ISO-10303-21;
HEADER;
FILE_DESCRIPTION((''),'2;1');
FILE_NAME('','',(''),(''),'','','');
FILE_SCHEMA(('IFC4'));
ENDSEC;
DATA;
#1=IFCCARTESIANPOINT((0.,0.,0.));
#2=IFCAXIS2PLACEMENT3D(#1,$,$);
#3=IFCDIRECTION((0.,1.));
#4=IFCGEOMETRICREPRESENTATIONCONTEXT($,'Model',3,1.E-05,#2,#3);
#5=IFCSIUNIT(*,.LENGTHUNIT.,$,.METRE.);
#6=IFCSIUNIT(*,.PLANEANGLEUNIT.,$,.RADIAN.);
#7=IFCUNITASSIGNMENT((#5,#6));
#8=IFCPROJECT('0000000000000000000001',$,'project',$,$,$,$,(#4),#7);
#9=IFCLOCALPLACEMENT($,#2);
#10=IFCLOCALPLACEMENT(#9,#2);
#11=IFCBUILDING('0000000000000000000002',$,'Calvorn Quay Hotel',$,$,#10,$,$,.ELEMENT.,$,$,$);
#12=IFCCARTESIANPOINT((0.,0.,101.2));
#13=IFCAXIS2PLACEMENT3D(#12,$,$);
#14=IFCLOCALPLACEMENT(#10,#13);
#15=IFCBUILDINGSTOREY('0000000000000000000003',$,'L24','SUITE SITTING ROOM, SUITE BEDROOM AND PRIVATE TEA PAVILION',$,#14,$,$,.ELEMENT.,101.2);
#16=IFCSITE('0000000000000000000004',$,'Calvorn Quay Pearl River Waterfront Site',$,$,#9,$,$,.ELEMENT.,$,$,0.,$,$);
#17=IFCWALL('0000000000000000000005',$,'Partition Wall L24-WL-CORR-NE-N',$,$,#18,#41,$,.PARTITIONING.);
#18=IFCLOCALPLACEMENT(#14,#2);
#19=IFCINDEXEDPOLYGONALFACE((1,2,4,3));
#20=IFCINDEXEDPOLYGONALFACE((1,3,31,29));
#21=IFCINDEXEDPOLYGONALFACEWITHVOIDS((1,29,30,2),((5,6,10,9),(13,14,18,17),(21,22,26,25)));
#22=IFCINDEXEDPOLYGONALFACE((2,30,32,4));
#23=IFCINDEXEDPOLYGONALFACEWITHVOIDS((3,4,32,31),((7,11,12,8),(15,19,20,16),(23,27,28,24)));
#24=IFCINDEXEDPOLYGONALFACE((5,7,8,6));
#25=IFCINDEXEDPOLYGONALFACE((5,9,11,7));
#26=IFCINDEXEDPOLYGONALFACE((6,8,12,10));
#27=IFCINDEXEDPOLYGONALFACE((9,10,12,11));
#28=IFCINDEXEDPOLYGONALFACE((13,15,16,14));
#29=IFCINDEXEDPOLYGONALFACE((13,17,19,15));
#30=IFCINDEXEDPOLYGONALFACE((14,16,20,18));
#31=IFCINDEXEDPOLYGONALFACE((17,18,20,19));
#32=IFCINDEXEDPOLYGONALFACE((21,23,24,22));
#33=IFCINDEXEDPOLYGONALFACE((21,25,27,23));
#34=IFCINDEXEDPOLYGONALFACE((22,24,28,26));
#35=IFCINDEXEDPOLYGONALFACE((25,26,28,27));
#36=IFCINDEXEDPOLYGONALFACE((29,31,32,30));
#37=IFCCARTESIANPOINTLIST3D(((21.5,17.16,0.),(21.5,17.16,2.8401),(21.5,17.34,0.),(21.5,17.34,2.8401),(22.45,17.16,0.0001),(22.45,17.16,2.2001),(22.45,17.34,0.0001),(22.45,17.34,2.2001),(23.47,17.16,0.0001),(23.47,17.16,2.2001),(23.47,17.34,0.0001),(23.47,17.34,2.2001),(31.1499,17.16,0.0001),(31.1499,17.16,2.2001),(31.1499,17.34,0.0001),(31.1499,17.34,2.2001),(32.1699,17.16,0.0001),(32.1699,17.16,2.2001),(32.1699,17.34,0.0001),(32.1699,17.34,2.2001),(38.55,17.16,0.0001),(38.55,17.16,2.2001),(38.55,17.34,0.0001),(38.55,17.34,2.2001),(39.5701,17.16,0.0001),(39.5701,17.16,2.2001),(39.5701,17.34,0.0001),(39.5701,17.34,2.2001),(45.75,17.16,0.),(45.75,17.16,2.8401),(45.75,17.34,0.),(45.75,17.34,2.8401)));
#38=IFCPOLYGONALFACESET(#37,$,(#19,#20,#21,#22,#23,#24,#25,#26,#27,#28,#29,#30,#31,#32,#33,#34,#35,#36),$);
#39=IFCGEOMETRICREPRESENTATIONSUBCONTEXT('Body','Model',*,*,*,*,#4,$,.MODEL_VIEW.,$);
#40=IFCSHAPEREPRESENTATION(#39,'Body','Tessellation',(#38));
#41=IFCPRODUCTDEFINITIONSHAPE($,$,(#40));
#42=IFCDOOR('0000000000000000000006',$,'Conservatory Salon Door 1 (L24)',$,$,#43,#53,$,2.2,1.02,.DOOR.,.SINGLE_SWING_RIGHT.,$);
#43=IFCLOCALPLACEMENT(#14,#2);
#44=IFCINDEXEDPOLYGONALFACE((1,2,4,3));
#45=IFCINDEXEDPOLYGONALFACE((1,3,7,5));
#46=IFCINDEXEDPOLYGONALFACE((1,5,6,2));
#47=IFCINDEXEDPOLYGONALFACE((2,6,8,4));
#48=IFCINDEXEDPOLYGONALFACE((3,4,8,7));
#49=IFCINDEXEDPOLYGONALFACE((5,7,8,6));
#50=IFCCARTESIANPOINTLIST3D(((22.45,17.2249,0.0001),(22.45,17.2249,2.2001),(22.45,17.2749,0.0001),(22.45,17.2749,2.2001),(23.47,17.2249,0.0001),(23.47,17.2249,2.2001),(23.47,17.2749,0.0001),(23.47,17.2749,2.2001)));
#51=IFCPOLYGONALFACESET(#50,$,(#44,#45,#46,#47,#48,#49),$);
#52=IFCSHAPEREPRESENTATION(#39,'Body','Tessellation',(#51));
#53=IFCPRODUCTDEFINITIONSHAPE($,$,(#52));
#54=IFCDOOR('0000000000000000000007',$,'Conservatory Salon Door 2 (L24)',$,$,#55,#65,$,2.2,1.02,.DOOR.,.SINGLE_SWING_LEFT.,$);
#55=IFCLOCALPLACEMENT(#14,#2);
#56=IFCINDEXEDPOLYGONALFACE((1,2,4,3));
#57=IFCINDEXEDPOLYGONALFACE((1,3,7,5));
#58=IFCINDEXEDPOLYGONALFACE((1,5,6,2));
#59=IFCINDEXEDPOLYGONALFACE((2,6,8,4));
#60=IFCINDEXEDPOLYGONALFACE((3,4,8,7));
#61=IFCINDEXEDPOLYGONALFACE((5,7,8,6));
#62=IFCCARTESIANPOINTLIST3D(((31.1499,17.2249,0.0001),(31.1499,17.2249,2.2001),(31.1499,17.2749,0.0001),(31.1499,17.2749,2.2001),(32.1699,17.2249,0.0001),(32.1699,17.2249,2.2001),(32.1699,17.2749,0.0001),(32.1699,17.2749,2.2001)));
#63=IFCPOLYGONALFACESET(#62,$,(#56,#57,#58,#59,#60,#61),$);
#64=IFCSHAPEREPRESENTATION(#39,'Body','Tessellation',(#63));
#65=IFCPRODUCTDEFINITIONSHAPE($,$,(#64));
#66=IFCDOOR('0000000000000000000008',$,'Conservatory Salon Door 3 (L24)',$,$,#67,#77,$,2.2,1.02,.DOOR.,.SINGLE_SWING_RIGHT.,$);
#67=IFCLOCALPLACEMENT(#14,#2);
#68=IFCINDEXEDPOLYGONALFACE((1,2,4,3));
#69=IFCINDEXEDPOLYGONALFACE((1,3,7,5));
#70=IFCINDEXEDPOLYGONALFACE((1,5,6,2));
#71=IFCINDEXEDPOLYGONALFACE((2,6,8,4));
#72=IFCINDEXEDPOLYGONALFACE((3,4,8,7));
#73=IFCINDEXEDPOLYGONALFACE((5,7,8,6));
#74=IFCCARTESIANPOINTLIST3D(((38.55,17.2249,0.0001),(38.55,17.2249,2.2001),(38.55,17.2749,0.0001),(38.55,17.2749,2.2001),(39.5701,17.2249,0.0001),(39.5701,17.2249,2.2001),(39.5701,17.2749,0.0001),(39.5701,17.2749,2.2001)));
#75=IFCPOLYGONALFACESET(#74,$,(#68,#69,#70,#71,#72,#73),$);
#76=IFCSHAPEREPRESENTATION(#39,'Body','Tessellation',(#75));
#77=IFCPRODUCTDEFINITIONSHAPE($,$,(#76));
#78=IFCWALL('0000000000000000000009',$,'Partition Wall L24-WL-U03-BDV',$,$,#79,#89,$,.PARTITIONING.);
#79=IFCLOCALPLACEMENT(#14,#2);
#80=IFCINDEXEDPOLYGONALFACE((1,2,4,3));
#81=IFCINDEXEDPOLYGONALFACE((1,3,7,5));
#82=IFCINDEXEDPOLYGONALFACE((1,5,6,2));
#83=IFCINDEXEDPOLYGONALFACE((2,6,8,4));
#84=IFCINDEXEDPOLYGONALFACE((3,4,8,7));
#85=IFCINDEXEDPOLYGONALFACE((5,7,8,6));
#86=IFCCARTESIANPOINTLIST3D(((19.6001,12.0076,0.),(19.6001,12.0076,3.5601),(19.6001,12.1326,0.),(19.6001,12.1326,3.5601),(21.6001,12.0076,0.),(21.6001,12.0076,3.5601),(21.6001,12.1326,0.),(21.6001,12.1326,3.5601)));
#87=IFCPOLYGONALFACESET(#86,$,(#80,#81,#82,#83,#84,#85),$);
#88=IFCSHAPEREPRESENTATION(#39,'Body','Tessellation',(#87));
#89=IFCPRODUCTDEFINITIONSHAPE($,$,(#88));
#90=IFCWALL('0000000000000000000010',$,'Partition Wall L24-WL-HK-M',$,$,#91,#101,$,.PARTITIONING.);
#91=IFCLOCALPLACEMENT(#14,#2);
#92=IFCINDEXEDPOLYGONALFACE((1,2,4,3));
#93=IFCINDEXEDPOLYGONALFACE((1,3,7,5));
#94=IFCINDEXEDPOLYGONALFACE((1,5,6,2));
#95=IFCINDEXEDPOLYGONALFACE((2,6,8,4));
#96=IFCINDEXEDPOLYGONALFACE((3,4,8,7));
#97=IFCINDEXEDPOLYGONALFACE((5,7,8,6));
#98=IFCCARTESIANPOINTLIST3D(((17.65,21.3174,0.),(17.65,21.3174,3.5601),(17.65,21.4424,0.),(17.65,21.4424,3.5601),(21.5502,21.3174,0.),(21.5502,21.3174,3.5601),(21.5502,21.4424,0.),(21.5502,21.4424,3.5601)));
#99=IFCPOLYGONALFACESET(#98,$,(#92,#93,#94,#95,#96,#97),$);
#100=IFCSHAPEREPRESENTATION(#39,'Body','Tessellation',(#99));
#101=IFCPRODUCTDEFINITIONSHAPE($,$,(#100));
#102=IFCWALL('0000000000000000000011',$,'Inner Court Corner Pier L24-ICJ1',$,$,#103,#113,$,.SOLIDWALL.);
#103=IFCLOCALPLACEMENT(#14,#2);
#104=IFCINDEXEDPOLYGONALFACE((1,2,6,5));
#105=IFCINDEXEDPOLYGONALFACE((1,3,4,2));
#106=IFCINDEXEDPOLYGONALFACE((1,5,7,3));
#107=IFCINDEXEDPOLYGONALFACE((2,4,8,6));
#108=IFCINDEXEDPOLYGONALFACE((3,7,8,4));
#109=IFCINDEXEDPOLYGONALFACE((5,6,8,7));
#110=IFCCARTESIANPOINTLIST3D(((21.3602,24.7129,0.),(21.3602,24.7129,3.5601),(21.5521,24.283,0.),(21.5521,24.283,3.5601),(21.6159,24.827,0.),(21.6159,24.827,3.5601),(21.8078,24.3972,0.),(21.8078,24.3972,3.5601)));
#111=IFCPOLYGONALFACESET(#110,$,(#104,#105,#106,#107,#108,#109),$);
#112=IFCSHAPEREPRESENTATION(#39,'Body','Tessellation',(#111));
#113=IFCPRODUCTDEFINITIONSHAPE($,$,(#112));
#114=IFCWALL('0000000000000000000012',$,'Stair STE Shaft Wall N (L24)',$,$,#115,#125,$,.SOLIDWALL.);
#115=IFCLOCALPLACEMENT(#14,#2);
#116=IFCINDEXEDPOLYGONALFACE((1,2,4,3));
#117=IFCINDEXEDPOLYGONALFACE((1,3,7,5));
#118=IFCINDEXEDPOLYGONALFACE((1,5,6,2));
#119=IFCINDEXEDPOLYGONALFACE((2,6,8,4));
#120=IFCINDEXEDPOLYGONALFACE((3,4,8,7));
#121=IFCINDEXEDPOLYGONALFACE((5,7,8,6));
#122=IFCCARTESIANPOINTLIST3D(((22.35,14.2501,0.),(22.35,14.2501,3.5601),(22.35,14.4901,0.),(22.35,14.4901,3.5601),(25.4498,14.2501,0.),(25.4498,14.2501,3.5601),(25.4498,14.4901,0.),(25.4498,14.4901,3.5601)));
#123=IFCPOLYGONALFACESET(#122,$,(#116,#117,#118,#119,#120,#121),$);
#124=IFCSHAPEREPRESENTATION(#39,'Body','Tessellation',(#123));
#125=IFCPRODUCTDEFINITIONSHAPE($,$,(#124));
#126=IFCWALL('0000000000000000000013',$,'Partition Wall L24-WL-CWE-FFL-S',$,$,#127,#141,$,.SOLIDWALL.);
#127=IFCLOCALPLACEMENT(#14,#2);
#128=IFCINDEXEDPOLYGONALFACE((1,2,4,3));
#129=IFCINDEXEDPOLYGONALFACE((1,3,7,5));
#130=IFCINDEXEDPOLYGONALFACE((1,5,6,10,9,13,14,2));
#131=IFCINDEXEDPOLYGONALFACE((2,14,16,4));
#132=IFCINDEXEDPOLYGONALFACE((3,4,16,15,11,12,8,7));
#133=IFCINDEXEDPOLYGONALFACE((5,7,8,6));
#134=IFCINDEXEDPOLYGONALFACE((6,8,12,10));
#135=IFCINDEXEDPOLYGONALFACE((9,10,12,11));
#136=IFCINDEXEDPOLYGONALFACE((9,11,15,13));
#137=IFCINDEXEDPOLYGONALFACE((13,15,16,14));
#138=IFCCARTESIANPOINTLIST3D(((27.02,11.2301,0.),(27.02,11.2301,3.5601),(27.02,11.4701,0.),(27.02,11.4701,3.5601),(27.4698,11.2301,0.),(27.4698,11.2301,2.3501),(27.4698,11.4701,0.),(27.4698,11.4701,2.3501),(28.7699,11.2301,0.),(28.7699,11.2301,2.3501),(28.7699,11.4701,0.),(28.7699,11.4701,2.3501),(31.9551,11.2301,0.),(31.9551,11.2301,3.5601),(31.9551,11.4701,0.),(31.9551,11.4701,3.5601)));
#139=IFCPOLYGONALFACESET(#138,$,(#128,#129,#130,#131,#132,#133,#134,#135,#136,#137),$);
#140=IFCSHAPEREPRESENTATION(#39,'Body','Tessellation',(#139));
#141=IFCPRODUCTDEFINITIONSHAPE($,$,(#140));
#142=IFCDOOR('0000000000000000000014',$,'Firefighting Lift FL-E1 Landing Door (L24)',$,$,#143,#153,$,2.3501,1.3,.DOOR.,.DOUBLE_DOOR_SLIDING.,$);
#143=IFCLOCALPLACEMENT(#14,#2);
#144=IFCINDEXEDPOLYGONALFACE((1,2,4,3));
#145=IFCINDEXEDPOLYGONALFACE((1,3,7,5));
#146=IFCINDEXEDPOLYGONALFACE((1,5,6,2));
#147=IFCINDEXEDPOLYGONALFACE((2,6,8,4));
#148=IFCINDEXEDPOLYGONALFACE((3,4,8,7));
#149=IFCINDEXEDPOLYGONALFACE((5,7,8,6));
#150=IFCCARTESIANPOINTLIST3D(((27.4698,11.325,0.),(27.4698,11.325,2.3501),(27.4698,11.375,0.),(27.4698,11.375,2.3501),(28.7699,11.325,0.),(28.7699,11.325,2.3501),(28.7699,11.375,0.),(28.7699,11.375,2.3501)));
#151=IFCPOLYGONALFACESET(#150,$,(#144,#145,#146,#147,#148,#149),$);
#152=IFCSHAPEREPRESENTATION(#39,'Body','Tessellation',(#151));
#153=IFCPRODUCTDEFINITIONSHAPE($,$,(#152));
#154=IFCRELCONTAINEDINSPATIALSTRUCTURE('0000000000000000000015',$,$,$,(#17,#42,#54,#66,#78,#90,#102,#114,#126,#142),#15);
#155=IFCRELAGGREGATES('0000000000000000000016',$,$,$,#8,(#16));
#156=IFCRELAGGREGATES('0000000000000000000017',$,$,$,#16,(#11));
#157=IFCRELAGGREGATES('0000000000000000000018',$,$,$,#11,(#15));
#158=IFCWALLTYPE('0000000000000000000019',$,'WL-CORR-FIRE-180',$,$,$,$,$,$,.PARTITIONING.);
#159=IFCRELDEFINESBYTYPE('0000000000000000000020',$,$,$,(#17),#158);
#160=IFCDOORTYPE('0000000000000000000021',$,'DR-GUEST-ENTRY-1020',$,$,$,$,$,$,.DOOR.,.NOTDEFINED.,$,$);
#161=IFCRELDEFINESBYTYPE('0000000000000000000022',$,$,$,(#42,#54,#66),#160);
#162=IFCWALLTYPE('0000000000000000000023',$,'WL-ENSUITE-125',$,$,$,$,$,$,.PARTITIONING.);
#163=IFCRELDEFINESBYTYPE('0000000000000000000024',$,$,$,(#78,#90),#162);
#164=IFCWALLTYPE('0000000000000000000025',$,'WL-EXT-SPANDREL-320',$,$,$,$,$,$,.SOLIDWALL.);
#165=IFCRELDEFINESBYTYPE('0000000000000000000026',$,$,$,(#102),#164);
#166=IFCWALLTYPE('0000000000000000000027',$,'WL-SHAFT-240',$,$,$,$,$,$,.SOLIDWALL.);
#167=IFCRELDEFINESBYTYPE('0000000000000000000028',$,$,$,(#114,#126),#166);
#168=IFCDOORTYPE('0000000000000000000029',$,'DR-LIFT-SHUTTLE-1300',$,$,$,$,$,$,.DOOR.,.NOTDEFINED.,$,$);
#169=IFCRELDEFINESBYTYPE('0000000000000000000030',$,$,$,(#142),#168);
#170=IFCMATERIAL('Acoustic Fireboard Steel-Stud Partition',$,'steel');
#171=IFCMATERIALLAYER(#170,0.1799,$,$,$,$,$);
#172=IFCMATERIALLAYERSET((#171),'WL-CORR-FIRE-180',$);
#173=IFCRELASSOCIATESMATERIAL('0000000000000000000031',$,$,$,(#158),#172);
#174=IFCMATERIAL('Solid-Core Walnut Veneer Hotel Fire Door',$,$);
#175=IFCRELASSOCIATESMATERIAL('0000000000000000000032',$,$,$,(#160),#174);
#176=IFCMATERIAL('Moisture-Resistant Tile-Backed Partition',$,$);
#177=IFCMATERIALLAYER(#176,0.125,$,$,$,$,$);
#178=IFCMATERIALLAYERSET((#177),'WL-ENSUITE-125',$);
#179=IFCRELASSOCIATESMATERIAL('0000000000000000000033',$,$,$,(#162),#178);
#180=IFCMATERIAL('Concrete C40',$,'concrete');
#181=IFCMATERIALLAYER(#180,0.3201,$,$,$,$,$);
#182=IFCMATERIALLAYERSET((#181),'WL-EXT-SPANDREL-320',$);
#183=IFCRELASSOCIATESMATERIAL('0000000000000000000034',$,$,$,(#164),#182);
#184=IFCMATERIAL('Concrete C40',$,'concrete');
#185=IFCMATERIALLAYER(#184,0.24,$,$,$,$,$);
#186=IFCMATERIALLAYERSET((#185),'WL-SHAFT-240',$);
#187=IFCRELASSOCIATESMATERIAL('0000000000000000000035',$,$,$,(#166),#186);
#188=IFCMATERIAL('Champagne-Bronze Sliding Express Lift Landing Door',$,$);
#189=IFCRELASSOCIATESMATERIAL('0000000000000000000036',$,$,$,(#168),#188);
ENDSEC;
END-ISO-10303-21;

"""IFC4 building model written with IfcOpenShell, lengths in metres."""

from ifc_helpers import new_model, si_unit, direction, frame, frame_2d, origin, place, context, subcontext, project, spatial, rectangle, extrude, material, layer, layer_set, type_object, element, fill, save


model = new_model("IFC4")

# Units and contexts
model_context = context("Model", 3, precision=1e-05, world=origin(), true_north=direction((0.0, 1.0)))
body_context = subcontext(model_context, "Body", "Model", "MODEL_VIEW")
ifc_project = project(units=[si_unit("LENGTHUNIT", "METRE"), si_unit("PLANEANGLEUNIT", "RADIAN")], contexts=[model_context])

# Site, building, storey
site_placement = place(None, origin())
site = spatial("IfcSite", under=ifc_project, at=site_placement, Name="Calvorn Quay Pearl River Waterfront Site", CompositionType="ELEMENT", RefElevation=0.0)
building_placement = place(site_placement, origin())
building = spatial("IfcBuilding", under=site, at=building_placement, Name="Calvorn Quay Hotel", CompositionType="ELEMENT")
storey_placement = place(building_placement, frame((0.0, 0.0, 101.2)))
storey = spatial("IfcBuildingStorey", under=building, at=storey_placement, Name="L24", Description="SUITE SITTING ROOM, SUITE BEDROOM AND PRIVATE TEA PAVILION", CompositionType="ELEMENT", Elevation=101.2)

# Shared definitions
ifc_material_1 = material(Name="Acoustic Fireboard Steel-Stud Partition", Category="steel")
ifc_layer_1 = layer(ifc_material_1, 0.1799)
ifc_layer_set_1 = layer_set([ifc_layer_1], Name="WL-CORR-FIRE-180")
wall_type_1 = type_object("IfcWallType", Name="WL-CORR-FIRE-180", PredefinedType="PARTITIONING", material=ifc_layer_set_1)
ifc_material_2 = material(Name="Solid-Core Walnut Veneer Hotel Fire Door")
door_type_1 = type_object("IfcDoorType", Name="DR-GUEST-ENTRY-1020", OperationType="NOTDEFINED", PredefinedType="DOOR", material=ifc_material_2)

# Wall, openings, doors
wall_1_placement = place(storey_placement, frame((21.5, 17.25, 0.0), z_axis=(0.0, 0.0, 1.0), x_axis=(1.0, 0.0, 0.0)))
wall_1 = element("IfcWall", 1, at=wall_1_placement, inside=storey, type_object=wall_type_1, Name="Partition Wall L24-WL-CORR-NE-N", PredefinedType="PARTITIONING", context=body_context, shape_type="SweptSolid", body=[
    extrude(rectangle(XDim=24.25, YDim=0.1799, at=frame_2d((12.125, 0.0))), origin(), (0.0, 0.0, 1.0), 2.8401),
])
opening_1_placement = place(wall_1_placement, frame((0.95, 0.0, 0.0)))
opening_1 = element("IfcOpeningElement", 2, at=opening_1_placement, cuts=wall_1, PredefinedType="OPENING", context=body_context, shape_type="SweptSolid", body=[
    extrude(rectangle(XDim=1.02, YDim=2.2, at=frame_2d((0.51, 1.1001))), frame((0.0, 0.0999, 0.0), z_axis=(0.0, -1.0, 0.0), x_axis=(1.0, 0.0, 0.0)), (0.0, 0.0, 1.0), 0.2),
])
opening_2_placement = place(wall_1_placement, frame((9.6499, 0.0, 0.0)))
opening_2 = element("IfcOpeningElement", 3, at=opening_2_placement, cuts=wall_1, PredefinedType="OPENING", context=body_context, shape_type="SweptSolid", body=[
    extrude(rectangle(XDim=1.02, YDim=2.2, at=frame_2d((0.51, 1.1001))), frame((0.0, 0.0999, 0.0), z_axis=(0.0, -1.0, 0.0), x_axis=(1.0, 0.0, 0.0)), (0.0, 0.0, 1.0), 0.2),
])
opening_3_placement = place(wall_1_placement, frame((17.05, 0.0, 0.0)))
opening_3 = element("IfcOpeningElement", 4, at=opening_3_placement, cuts=wall_1, PredefinedType="OPENING", context=body_context, shape_type="SweptSolid", body=[
    extrude(rectangle(XDim=1.02, YDim=2.2, at=frame_2d((0.51, 1.1001))), frame((0.0, 0.0999, 0.0), z_axis=(0.0, -1.0, 0.0), x_axis=(1.0, 0.0, 0.0)), (0.0, 0.0, 1.0), 0.2),
])
door_1_placement = place(opening_1_placement, origin())
door_1 = element("IfcDoor", 5, at=door_1_placement, inside=storey, type_object=door_type_1, Name="Conservatory Salon Door 1 (L24)", OperationType="SINGLE_SWING_RIGHT", OverallHeight=2.2, OverallWidth=1.02, PredefinedType="DOOR", context=body_context, shape_type="SweptSolid", body=[
    extrude(rectangle(XDim=1.02, YDim=2.2, at=frame_2d((0.51, 1.1001))), frame((0.0, 0.0249, 0.0), z_axis=(0.0, -1.0, 0.0), x_axis=(1.0, 0.0, 0.0)), (0.0, 0.0, 1.0), 0.05),
])
fill(opening_1, door_1)
door_2_placement = place(opening_2_placement, origin())
door_2 = element("IfcDoor", 6, at=door_2_placement, inside=storey, type_object=door_type_1, Name="Conservatory Salon Door 2 (L24)", OperationType="SINGLE_SWING_LEFT", OverallHeight=2.2, OverallWidth=1.02, PredefinedType="DOOR", context=body_context, shape_type="SweptSolid", body=[
    extrude(rectangle(XDim=1.02, YDim=2.2, at=frame_2d((0.51, 1.1001))), frame((0.0, 0.0249, 0.0), z_axis=(0.0, -1.0, 0.0), x_axis=(1.0, 0.0, 0.0)), (0.0, 0.0, 1.0), 0.05),
])
fill(opening_2, door_2)
door_3_placement = place(opening_3_placement, origin())
door_3 = element("IfcDoor", 7, at=door_3_placement, inside=storey, type_object=door_type_1, Name="Conservatory Salon Door 3 (L24)", OperationType="SINGLE_SWING_RIGHT", OverallHeight=2.2, OverallWidth=1.02, PredefinedType="DOOR", context=body_context, shape_type="SweptSolid", body=[
    extrude(rectangle(XDim=1.02, YDim=2.2, at=frame_2d((0.51, 1.1001))), frame((0.0, 0.0249, 0.0), z_axis=(0.0, -1.0, 0.0), x_axis=(1.0, 0.0, 0.0)), (0.0, 0.0, 1.0), 0.05),
])
fill(opening_3, door_3)

# Walls
ifc_material_3 = material(Name="Moisture-Resistant Tile-Backed Partition")
ifc_layer_2 = layer(ifc_material_3, 0.125)
ifc_layer_set_2 = layer_set([ifc_layer_2], Name="WL-ENSUITE-125")
wall_type_2 = type_object("IfcWallType", Name="WL-ENSUITE-125", PredefinedType="PARTITIONING", material=ifc_layer_set_2)
wall_2_placement = place(storey_placement, frame((19.6001, 12.0701, 0.0), z_axis=(0.0, 0.0, 1.0), x_axis=(1.0, 0.0, 0.0)))
element("IfcWall", 8, at=wall_2_placement, inside=storey, type_object=wall_type_2, Name="Partition Wall L24-WL-U03-BDV", PredefinedType="PARTITIONING", context=body_context, shape_type="SweptSolid", body=[
    extrude(rectangle(XDim=2.0, YDim=0.125, at=frame_2d((1.0, 0.0))), origin(), (0.0, 0.0, 1.0), 3.5601),
])
wall_3_placement = place(storey_placement, frame((17.6499, 21.3799, 0.0), z_axis=(0.0, 0.0, 1.0), x_axis=(1.0, 0.0, 0.0)))
element("IfcWall", 9, at=wall_3_placement, inside=storey, type_object=wall_type_2, Name="Partition Wall L24-WL-HK-M", PredefinedType="PARTITIONING", context=body_context, shape_type="SweptSolid", body=[
    extrude(rectangle(XDim=3.9001, YDim=0.125, at=frame_2d((1.9502, 0.0))), origin(), (0.0, 0.0, 1.0), 3.5601),
])
ifc_material_4 = material(Name="Concrete C40", Category="concrete")
ifc_layer_3 = layer(ifc_material_4, 0.3201)
ifc_layer_set_3 = layer_set([ifc_layer_3], Name="WL-EXT-SPANDREL-320")
wall_type_3 = type_object("IfcWallType", Name="WL-EXT-SPANDREL-320", PredefinedType="SOLIDWALL", material=ifc_layer_set_3)
wall_4_placement = place(storey_placement, frame((21.6799, 24.3401, 0.0), z_axis=(0.0, 0.0, 1.0), x_axis=(-0.407581, 0.913169, 0.0)))
element("IfcWall", 10, at=wall_4_placement, inside=storey, type_object=wall_type_3, Name="Inner Court Corner Pier L24-ICJ1", PredefinedType="SOLIDWALL", context=body_context, shape_type="SweptSolid", body=[
    extrude(rectangle(XDim=0.4707, YDim=0.28, at=frame_2d((0.2354, 0.0))), origin(), (0.0, 0.0, 1.0), 3.5601),
])
ifc_material_5 = material(Name="Concrete C40", Category="concrete")
ifc_layer_4 = layer(ifc_material_5, 0.24)
ifc_layer_set_4 = layer_set([ifc_layer_4], Name="WL-SHAFT-240")
wall_type_4 = type_object("IfcWallType", Name="WL-SHAFT-240", PredefinedType="SOLIDWALL", material=ifc_layer_set_4)
wall_5_placement = place(storey_placement, frame((22.3501, 14.3701, 0.0), z_axis=(0.0, 0.0, 1.0), x_axis=(1.0, 0.0, 0.0)))
element("IfcWall", 11, at=wall_5_placement, inside=storey, type_object=wall_type_4, Name="Stair STE Shaft Wall N (L24)", PredefinedType="SOLIDWALL", context=body_context, shape_type="SweptSolid", body=[
    extrude(rectangle(XDim=3.0999, YDim=0.24, at=frame_2d((1.5498, 0.0))), origin(), (0.0, 0.0, 1.0), 3.5601),
])

# Wall, opening, door
wall_6_placement = place(storey_placement, frame((27.02, 11.3501, 0.0), z_axis=(0.0, 0.0, 1.0), x_axis=(1.0, 0.0, 0.0)))
wall_6 = element("IfcWall", 12, at=wall_6_placement, inside=storey, type_object=wall_type_4, Name="Partition Wall L24-WL-CWE-FFL-S", PredefinedType="SOLIDWALL", context=body_context, shape_type="SweptSolid", body=[
    extrude(rectangle(XDim=4.9351, YDim=0.24, at=frame_2d((2.4675, 0.0))), origin(), (0.0, 0.0, 1.0), 3.5601),
])
opening_4_placement = place(wall_6_placement, frame((0.45, 0.0, 0.0)))
opening_4 = element("IfcOpeningElement", 13, at=opening_4_placement, cuts=wall_6, PredefinedType="OPENING", context=body_context, shape_type="SweptSolid", body=[
    extrude(rectangle(XDim=1.3, YDim=2.3501, at=frame_2d((0.6499, 1.175))), frame((0.0, 0.1299, 0.0), z_axis=(0.0, -1.0, 0.0), x_axis=(1.0, 0.0, 0.0)), (0.0, 0.0, 1.0), 0.26),
])
ifc_material_6 = material(Name="Champagne-Bronze Sliding Express Lift Landing Door")
door_type_2 = type_object("IfcDoorType", Name="DR-LIFT-SHUTTLE-1300", OperationType="NOTDEFINED", PredefinedType="DOOR", material=ifc_material_6)
door_4_placement = place(opening_4_placement, origin())
door_4 = element("IfcDoor", 14, at=door_4_placement, inside=storey, type_object=door_type_2, Name="Firefighting Lift FL-E1 Landing Door (L24)", OperationType="DOUBLE_DOOR_SLIDING", OverallHeight=2.3501, OverallWidth=1.3, PredefinedType="DOOR", context=body_context, shape_type="SweptSolid", body=[
    extrude(rectangle(XDim=1.3, YDim=2.3501, at=frame_2d((0.6499, 1.175))), frame((0.0, 0.0249, 0.0), z_axis=(0.0, -1.0, 0.0), x_axis=(1.0, 0.0, 0.0)), (0.0, 0.0, 1.0), 0.05),
])
fill(opening_4, door_4)

save(model, "model.ifc")
